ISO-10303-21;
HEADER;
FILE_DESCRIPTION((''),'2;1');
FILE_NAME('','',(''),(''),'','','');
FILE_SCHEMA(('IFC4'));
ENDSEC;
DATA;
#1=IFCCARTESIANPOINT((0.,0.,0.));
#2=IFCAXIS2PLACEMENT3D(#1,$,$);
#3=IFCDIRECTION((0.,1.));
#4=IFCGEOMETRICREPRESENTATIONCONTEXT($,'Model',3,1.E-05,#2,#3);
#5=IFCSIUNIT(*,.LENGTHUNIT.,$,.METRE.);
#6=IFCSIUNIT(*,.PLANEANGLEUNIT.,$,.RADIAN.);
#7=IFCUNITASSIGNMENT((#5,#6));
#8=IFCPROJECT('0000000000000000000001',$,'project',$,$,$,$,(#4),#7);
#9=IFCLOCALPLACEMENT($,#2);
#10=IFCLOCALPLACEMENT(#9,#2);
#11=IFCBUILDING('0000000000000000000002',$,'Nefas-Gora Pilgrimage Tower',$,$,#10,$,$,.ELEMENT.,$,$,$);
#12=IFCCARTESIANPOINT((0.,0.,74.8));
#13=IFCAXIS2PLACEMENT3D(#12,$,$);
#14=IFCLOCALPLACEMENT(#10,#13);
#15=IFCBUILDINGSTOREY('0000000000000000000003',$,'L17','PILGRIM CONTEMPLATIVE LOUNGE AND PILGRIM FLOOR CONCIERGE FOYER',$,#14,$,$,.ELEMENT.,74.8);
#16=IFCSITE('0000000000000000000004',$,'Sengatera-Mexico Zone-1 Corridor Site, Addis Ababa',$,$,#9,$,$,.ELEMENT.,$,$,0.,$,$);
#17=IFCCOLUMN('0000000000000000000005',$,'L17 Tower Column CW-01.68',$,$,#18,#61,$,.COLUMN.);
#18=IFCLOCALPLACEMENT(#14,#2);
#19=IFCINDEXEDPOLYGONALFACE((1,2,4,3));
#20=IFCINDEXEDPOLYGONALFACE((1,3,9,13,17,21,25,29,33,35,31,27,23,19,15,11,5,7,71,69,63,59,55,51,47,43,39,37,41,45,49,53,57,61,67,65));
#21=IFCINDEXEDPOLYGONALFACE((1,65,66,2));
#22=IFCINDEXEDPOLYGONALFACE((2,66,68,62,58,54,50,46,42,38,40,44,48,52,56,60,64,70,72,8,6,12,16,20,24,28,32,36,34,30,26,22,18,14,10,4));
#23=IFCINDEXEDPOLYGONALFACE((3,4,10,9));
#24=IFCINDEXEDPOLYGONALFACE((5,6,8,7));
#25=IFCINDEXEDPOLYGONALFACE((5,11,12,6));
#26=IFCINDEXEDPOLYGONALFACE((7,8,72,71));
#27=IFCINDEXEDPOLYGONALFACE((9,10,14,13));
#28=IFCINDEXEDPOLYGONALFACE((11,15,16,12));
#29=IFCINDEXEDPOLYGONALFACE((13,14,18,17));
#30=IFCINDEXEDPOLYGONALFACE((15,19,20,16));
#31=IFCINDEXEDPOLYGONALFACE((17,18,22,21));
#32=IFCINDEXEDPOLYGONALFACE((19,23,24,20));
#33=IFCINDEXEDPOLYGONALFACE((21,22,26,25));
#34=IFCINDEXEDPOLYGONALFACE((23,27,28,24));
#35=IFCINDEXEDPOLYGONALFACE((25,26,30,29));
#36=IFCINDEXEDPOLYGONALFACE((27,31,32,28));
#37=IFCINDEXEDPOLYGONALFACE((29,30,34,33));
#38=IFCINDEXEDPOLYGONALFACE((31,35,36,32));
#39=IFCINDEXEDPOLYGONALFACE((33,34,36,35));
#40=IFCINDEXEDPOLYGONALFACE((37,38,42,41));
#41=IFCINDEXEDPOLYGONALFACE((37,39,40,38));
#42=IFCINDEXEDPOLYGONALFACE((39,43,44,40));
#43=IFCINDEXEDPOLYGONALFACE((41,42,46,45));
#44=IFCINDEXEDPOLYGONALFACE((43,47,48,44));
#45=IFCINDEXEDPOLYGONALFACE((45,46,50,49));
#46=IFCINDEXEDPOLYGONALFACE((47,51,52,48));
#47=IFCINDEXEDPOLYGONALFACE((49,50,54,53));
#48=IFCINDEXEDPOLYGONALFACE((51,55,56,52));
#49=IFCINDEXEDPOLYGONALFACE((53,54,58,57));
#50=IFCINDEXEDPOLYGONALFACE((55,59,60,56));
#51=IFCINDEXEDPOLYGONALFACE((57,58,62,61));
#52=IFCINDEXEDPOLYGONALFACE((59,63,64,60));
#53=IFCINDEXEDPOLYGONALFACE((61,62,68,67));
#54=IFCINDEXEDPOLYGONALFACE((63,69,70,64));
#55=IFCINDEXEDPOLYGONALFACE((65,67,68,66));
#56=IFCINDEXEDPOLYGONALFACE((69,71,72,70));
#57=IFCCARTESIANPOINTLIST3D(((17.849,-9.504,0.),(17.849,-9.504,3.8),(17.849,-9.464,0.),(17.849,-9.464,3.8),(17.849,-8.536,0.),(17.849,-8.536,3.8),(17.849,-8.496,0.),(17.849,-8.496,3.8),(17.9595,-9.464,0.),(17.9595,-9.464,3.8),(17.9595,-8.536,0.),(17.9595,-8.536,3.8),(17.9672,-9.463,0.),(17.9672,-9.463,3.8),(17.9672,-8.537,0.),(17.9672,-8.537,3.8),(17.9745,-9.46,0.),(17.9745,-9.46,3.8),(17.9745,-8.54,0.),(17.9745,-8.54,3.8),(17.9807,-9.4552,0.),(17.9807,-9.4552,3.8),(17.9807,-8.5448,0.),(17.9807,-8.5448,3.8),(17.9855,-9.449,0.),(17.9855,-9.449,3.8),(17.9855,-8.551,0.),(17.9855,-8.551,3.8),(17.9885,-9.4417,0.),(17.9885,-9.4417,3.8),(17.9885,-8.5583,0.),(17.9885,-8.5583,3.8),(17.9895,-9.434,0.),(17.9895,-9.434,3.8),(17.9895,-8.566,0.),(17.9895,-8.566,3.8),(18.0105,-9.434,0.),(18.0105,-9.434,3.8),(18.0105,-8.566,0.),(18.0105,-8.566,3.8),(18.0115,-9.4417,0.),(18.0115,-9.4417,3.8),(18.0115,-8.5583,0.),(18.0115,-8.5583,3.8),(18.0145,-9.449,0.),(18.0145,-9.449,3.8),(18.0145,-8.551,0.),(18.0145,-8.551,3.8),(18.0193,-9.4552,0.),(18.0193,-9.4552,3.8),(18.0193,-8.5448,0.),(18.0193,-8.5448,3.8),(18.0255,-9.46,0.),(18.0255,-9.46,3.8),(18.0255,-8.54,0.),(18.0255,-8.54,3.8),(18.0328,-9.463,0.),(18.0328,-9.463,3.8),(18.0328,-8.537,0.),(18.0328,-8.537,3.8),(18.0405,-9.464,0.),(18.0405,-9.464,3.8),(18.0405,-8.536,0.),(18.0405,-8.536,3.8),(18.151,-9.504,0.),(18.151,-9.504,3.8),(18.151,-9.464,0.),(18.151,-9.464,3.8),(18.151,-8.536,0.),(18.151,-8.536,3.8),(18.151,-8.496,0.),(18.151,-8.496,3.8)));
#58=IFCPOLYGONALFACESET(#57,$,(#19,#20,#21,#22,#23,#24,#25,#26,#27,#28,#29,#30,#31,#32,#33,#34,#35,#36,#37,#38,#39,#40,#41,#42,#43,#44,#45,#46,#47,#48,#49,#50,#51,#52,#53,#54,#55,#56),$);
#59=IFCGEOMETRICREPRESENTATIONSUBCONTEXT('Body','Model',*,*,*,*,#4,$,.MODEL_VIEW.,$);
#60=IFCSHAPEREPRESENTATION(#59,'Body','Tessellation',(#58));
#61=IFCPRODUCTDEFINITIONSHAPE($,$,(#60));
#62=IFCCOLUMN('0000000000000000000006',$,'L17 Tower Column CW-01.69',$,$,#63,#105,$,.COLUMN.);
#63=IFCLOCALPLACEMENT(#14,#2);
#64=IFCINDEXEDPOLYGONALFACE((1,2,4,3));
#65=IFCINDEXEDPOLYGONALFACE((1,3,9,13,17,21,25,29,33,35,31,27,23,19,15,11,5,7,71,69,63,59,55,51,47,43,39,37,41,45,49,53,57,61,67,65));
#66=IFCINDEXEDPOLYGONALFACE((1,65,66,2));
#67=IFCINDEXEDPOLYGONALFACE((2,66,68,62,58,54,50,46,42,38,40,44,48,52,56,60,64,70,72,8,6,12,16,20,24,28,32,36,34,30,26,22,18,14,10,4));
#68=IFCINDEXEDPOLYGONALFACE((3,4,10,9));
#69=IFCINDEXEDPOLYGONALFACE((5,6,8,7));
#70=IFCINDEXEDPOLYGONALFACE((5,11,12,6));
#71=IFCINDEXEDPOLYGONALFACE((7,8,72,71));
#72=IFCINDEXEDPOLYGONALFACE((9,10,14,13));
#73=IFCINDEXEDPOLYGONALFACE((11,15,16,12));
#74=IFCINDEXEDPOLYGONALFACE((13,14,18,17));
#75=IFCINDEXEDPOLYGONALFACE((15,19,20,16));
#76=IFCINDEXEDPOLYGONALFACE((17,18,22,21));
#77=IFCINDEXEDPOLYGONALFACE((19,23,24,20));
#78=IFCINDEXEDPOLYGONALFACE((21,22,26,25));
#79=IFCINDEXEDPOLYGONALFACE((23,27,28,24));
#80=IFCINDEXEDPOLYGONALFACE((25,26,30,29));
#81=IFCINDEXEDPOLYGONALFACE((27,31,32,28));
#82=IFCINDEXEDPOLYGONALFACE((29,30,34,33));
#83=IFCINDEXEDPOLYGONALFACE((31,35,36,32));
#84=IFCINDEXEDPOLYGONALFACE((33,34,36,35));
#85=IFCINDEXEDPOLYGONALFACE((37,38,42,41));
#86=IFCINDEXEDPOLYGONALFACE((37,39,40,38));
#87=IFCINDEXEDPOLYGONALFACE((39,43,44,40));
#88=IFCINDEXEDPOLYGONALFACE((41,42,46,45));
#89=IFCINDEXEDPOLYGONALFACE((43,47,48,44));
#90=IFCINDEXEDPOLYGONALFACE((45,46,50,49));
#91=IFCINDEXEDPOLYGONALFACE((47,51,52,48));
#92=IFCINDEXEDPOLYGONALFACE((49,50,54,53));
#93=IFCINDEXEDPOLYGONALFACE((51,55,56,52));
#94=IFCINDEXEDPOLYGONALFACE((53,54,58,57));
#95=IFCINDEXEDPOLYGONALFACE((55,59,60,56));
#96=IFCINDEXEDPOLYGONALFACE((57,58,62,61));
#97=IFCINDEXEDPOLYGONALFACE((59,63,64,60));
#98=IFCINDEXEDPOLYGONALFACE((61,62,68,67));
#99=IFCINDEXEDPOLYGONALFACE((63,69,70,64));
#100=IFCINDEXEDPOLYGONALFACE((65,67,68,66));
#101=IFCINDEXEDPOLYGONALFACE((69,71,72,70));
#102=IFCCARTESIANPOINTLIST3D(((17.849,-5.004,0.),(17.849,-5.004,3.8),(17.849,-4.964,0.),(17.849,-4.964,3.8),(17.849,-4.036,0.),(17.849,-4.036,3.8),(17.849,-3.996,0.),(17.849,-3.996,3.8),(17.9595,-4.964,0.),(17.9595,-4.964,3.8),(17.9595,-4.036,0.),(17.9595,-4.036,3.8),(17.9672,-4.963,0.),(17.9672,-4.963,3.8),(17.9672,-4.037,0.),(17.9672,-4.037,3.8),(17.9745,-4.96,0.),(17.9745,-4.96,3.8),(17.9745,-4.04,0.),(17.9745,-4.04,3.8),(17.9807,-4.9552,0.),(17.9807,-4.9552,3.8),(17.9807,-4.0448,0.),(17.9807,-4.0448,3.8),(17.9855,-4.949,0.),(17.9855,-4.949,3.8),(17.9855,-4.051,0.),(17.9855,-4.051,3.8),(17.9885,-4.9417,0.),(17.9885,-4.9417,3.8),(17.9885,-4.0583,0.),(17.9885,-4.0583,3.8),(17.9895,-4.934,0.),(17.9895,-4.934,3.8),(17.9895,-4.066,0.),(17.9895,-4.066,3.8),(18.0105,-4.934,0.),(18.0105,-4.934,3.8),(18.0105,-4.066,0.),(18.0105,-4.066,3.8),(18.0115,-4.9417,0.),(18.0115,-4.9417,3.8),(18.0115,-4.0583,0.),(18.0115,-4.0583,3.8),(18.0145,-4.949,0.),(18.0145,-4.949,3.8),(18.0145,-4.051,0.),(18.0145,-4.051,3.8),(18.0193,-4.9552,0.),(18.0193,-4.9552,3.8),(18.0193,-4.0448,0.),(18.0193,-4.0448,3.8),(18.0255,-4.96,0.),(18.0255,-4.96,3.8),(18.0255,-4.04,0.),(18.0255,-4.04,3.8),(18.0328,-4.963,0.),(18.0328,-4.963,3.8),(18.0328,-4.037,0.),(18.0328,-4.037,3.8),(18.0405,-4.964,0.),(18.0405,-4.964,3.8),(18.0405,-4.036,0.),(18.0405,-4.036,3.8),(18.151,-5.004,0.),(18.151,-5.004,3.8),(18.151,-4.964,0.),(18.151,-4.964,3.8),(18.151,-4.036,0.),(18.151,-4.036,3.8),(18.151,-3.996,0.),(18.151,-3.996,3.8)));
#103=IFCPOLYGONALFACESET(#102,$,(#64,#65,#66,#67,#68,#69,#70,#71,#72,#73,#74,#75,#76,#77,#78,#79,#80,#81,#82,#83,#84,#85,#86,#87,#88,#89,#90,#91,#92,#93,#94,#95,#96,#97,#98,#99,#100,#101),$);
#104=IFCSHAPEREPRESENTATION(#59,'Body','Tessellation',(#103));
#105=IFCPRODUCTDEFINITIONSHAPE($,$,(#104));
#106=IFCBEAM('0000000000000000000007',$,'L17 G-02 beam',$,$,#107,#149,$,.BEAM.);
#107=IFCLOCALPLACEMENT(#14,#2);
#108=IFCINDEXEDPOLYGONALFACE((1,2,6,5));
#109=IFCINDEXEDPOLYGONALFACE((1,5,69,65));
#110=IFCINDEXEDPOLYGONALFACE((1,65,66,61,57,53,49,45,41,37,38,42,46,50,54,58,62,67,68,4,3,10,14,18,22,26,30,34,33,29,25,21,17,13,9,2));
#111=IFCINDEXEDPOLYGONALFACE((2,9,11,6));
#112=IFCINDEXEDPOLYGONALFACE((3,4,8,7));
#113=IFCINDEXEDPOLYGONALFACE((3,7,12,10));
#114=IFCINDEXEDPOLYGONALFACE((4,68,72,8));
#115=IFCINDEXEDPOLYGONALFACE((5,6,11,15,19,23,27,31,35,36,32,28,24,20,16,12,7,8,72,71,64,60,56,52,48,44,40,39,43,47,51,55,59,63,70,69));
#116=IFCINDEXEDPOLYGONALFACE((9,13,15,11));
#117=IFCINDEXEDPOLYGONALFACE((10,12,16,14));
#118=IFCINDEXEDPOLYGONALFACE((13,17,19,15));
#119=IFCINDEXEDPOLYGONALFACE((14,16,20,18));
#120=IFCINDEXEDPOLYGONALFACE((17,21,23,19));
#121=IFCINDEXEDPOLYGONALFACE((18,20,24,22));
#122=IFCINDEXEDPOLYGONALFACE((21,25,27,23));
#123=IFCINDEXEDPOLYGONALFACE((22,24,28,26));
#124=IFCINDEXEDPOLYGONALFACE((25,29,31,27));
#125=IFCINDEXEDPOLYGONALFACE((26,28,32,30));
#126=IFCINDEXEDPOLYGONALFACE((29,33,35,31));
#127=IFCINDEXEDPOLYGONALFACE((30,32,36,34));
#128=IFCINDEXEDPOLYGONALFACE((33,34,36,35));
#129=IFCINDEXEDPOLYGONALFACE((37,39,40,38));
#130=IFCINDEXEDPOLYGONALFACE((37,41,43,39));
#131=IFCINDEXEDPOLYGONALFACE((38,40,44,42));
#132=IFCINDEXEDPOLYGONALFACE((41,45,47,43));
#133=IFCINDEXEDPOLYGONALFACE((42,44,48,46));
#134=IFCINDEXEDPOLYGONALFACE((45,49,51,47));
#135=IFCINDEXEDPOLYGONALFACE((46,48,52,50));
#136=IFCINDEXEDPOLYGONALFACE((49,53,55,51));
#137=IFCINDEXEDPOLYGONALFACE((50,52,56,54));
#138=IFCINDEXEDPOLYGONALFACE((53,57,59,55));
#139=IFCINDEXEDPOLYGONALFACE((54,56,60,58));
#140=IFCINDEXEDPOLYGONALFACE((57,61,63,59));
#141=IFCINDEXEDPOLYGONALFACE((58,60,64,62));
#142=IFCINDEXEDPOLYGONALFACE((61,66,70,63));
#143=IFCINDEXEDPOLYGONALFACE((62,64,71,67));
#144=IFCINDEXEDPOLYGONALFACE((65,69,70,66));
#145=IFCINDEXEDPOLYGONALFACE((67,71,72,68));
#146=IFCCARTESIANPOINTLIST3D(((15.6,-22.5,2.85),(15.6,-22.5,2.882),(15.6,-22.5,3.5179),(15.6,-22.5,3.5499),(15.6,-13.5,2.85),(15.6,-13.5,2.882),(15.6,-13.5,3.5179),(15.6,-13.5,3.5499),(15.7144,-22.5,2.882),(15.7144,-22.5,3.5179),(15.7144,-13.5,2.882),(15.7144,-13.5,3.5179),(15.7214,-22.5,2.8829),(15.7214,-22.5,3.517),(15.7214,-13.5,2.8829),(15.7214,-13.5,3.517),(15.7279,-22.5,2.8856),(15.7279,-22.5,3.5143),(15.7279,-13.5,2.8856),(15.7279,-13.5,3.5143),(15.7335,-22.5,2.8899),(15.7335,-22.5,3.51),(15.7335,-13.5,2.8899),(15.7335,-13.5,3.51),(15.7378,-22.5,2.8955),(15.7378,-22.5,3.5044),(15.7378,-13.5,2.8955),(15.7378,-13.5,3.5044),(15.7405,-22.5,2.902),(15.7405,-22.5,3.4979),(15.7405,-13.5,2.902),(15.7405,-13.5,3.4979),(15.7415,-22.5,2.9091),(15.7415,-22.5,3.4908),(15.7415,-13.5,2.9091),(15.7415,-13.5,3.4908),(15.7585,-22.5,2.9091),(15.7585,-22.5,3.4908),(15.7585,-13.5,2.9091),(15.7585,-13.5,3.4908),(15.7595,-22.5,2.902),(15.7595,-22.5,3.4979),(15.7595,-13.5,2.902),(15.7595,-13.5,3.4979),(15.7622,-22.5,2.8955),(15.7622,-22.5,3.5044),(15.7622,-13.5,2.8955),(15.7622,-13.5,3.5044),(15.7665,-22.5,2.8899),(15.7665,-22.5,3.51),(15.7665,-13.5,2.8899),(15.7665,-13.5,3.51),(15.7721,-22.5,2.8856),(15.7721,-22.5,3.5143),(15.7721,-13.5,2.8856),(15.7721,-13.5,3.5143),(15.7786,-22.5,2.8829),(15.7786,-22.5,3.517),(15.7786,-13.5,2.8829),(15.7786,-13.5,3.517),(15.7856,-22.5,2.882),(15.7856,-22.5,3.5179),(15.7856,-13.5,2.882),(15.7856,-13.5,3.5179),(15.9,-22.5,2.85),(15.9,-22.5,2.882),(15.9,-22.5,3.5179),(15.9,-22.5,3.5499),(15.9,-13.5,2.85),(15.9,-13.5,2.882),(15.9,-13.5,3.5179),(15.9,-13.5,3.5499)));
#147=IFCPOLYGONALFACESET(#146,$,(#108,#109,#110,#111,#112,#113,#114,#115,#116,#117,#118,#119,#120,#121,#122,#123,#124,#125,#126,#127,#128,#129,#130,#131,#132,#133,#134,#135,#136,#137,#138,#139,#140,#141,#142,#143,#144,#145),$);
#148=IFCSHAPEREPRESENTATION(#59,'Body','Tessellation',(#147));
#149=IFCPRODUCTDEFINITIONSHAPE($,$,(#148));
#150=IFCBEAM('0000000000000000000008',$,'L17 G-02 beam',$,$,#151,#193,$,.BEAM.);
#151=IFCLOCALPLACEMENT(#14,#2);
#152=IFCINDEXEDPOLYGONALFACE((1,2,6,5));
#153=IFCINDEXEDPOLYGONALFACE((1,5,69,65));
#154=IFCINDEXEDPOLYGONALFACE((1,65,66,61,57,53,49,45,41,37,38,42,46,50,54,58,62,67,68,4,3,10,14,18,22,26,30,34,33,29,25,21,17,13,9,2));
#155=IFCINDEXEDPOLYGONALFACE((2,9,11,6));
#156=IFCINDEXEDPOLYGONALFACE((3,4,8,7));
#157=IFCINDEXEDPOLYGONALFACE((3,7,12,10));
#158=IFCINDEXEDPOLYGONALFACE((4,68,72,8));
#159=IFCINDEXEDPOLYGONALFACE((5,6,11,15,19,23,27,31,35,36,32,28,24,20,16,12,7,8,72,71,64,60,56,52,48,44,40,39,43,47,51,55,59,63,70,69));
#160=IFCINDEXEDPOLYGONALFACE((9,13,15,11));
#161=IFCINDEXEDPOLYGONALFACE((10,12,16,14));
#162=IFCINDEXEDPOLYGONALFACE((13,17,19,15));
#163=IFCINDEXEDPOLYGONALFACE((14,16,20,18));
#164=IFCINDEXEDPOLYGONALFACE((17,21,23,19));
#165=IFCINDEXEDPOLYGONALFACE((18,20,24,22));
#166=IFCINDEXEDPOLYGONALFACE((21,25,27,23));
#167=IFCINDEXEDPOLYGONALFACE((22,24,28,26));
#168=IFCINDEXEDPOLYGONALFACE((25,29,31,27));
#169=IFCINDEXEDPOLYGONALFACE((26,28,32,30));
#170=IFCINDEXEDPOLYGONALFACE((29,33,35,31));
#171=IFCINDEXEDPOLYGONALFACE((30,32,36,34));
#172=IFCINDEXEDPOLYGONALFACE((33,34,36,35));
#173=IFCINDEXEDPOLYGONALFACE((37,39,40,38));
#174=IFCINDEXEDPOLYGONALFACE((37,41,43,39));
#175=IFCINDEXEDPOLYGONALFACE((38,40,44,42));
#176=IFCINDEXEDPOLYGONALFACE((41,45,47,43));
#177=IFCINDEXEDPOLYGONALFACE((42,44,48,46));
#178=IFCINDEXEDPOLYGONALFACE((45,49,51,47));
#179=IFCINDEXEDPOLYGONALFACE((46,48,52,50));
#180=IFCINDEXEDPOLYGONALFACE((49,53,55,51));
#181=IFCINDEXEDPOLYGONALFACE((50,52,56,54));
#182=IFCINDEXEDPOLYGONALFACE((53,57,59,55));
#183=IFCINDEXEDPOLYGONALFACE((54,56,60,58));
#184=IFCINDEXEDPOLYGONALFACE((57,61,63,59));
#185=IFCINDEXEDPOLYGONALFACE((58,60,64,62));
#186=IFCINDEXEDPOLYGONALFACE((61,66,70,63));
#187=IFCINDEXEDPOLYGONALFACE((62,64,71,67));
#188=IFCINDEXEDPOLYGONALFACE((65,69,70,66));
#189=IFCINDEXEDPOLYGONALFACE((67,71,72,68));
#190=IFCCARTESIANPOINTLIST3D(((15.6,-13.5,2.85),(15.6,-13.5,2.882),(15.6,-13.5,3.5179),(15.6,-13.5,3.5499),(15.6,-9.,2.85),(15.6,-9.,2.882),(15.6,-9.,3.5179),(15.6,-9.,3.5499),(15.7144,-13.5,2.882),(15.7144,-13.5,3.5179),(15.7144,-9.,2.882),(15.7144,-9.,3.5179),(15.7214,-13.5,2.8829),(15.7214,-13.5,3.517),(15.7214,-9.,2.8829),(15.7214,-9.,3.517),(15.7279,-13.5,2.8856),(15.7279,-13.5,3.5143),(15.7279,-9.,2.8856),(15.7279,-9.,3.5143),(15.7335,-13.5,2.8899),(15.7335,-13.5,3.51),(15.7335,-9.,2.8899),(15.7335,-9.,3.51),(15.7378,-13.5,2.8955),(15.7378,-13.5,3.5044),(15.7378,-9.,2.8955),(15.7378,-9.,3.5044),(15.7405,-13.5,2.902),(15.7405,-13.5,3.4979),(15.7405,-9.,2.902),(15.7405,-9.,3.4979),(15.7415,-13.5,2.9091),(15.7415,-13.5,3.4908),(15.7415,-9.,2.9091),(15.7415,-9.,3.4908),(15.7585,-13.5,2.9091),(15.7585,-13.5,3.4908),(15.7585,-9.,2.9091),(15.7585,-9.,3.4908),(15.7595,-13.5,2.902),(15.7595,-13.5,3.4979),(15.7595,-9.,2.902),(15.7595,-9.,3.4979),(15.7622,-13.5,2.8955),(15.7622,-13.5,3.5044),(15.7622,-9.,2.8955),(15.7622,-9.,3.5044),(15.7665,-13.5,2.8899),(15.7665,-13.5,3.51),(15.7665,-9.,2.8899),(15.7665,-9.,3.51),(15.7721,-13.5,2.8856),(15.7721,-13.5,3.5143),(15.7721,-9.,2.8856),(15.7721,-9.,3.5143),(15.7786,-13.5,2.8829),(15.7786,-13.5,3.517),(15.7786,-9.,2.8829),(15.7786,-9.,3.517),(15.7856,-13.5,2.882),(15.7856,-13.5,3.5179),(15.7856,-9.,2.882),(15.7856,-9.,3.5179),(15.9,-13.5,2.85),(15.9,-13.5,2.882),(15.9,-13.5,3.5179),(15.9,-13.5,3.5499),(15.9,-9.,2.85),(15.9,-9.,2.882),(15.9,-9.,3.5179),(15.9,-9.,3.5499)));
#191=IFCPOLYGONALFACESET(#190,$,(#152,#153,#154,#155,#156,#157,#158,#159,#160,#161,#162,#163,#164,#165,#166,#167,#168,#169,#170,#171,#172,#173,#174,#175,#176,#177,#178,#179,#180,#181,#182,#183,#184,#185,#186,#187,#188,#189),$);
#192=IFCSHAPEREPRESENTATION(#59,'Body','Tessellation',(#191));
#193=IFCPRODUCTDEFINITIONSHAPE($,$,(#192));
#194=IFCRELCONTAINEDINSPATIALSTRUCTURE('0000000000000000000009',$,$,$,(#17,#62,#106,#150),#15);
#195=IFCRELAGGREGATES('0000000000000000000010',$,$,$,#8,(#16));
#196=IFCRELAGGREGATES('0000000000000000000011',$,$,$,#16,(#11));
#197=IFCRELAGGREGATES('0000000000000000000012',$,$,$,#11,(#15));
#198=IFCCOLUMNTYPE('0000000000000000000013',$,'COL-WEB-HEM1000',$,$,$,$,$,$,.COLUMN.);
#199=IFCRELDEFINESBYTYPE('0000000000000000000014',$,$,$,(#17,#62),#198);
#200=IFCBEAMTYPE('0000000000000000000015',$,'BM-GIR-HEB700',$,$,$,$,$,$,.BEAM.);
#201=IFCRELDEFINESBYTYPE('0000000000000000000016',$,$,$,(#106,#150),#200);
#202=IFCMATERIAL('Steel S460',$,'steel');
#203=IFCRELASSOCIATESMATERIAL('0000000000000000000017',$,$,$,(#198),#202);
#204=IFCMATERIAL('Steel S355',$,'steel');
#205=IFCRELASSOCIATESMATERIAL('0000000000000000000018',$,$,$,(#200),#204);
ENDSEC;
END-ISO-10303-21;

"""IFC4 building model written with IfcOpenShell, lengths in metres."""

from ifc_helpers import new_model, si_unit, direction, frame, origin, origin_2d, place, context, subcontext, project, spatial, i_section, extrude, source, transform, mapped, material, material_profile, profile_set, type_object, element, save


model = new_model("IFC4")

# Units and contexts
model_context = context("Model", 3, precision=1e-05, world=origin(), true_north=direction((0.0, 1.0)))
body_context = subcontext(model_context, "Body", "Model", "MODEL_VIEW")
ifc_project = project(units=[si_unit("LENGTHUNIT", "METRE"), si_unit("PLANEANGLEUNIT", "RADIAN")], contexts=[model_context])

# Site, building, storey
site_placement = place(None, origin())
site = spatial("IfcSite", under=ifc_project, at=site_placement, Name="Sengatera-Mexico Zone-1 Corridor Site, Addis Ababa", CompositionType="ELEMENT", RefElevation=0.0)
building_placement = place(site_placement, origin())
building = spatial("IfcBuilding", under=site, at=building_placement, Name="Nefas-Gora Pilgrimage Tower", CompositionType="ELEMENT")
storey_placement = place(building_placement, frame((0.0, 0.0, 74.8)))
storey = spatial("IfcBuildingStorey", under=building, at=storey_placement, Name="L17", Description="PILGRIM CONTEMPLATIVE LOUNGE AND PILGRIM FLOOR CONCIERGE FOYER", CompositionType="ELEMENT", Elevation=74.8)

# Columns
ifc_material_1 = material(Name="Steel S460", Category="steel")
ifc_material_profile_1 = material_profile(ifc_material_1, i_section(OverallWidth=0.302, OverallDepth=1.0081, WebThickness=0.021, FlangeThickness=0.04, FilletRadius=0.03, at=origin_2d()), Name="HEM 1000")
ifc_profile_set_1 = profile_set([ifc_material_profile_1], Name="Steel S460")
column_type_1 = type_object("IfcColumnType", Name="COL-WEB-HEM1000", PredefinedType="COLUMN", material=ifc_profile_set_1)
shared_shape_1 = source(origin(), body_context, "Body", "SweptSolid", [
    extrude(i_section(OverallWidth=0.302, OverallDepth=1.0081, WebThickness=0.021, FlangeThickness=0.04, FilletRadius=0.03, at=origin_2d()), origin(), (0.0, 0.0, 1.0), 3.8),
])
for number, where, z_axis, x_axis, name in (
    (1, (18.0, -9.0, 0.0), (0.0, 0.0, 1.0), (1.0, 0.0, 0.0), "L17 Tower Column CW-01.68"),
    (2, (18.0, -4.5, 0.0), (0.0, 0.0, 1.0), (1.0, 0.0, 0.0), "L17 Tower Column CW-01.69"),
):
    element("IfcColumn", number, at=place(storey_placement, frame(where, z_axis=z_axis, x_axis=x_axis)), inside=storey, type_object=column_type_1, Name=name, PredefinedType="COLUMN", context=body_context, shape_type="MappedRepresentation", body=[
        mapped(shared_shape_1, transform((0.0, 0.0, 0.0), x_axis=(1.0, 0.0, 0.0), y_axis=(0.0, 1.0, 0.0), z_axis=(0.0, 0.0, 1.0), scale=1.0)),
    ])

# Beams
ifc_material_2 = material(Name="Steel S355", Category="steel")
ifc_material_profile_2 = material_profile(ifc_material_2, i_section(OverallWidth=0.3, OverallDepth=0.7, WebThickness=0.0171, FlangeThickness=0.032, FilletRadius=0.0271, at=origin_2d()), Name="HEB 700")
ifc_profile_set_2 = profile_set([ifc_material_profile_2], Name="Steel S355")
beam_type_1 = type_object("IfcBeamType", Name="BM-GIR-HEB700", PredefinedType="BEAM", material=ifc_profile_set_2)
shared_shape_2 = source(origin(), body_context, "Body", "SweptSolid", [
    extrude(i_section(OverallWidth=0.3, OverallDepth=0.7, WebThickness=0.0171, FlangeThickness=0.032, FilletRadius=0.0271, at=origin_2d()), origin(), (0.0, 0.0, 1.0), 9.0),
])
beam_placement = place(storey_placement, frame((15.75, -22.5, 3.2), z_axis=(0.0, 1.0, 0.0), x_axis=(-1.0, 0.0, 0.0)))
element("IfcBeam", 3, at=beam_placement, inside=storey, type_object=beam_type_1, Name="L17 G-02 beam", PredefinedType="BEAM", context=body_context, shape_type="MappedRepresentation", body=[
    mapped(shared_shape_2, transform((0.0, 0.0, 0.0), x_axis=(1.0, 0.0, 0.0), y_axis=(0.0, 1.0, 0.0), z_axis=(0.0, 0.0, 1.0), scale=1.0)),
])
shared_shape_3 = source(origin(), body_context, "Body", "SweptSolid", [
    extrude(i_section(OverallWidth=0.3, OverallDepth=0.7, WebThickness=0.0171, FlangeThickness=0.032, FilletRadius=0.0271, at=origin_2d()), origin(), (0.0, 0.0, 1.0), 4.5),
])
for number, where, z_axis, x_axis, name in (
    (4, (15.75, -13.5, 3.2), (0.0, 1.0, 0.0), (-1.0, 0.0, 0.0), "L17 G-02 beam"),
):
    element("IfcBeam", number, at=place(storey_placement, frame(where, z_axis=z_axis, x_axis=x_axis)), inside=storey, type_object=beam_type_1, Name=name, PredefinedType="BEAM", context=body_context, shape_type="MappedRepresentation", body=[
        mapped(shared_shape_3, transform((0.0, 0.0, 0.0), x_axis=(1.0, 0.0, 0.0), y_axis=(0.0, 1.0, 0.0), z_axis=(0.0, 0.0, 1.0), scale=1.0)),
    ])

save(model, "model.ifc")
